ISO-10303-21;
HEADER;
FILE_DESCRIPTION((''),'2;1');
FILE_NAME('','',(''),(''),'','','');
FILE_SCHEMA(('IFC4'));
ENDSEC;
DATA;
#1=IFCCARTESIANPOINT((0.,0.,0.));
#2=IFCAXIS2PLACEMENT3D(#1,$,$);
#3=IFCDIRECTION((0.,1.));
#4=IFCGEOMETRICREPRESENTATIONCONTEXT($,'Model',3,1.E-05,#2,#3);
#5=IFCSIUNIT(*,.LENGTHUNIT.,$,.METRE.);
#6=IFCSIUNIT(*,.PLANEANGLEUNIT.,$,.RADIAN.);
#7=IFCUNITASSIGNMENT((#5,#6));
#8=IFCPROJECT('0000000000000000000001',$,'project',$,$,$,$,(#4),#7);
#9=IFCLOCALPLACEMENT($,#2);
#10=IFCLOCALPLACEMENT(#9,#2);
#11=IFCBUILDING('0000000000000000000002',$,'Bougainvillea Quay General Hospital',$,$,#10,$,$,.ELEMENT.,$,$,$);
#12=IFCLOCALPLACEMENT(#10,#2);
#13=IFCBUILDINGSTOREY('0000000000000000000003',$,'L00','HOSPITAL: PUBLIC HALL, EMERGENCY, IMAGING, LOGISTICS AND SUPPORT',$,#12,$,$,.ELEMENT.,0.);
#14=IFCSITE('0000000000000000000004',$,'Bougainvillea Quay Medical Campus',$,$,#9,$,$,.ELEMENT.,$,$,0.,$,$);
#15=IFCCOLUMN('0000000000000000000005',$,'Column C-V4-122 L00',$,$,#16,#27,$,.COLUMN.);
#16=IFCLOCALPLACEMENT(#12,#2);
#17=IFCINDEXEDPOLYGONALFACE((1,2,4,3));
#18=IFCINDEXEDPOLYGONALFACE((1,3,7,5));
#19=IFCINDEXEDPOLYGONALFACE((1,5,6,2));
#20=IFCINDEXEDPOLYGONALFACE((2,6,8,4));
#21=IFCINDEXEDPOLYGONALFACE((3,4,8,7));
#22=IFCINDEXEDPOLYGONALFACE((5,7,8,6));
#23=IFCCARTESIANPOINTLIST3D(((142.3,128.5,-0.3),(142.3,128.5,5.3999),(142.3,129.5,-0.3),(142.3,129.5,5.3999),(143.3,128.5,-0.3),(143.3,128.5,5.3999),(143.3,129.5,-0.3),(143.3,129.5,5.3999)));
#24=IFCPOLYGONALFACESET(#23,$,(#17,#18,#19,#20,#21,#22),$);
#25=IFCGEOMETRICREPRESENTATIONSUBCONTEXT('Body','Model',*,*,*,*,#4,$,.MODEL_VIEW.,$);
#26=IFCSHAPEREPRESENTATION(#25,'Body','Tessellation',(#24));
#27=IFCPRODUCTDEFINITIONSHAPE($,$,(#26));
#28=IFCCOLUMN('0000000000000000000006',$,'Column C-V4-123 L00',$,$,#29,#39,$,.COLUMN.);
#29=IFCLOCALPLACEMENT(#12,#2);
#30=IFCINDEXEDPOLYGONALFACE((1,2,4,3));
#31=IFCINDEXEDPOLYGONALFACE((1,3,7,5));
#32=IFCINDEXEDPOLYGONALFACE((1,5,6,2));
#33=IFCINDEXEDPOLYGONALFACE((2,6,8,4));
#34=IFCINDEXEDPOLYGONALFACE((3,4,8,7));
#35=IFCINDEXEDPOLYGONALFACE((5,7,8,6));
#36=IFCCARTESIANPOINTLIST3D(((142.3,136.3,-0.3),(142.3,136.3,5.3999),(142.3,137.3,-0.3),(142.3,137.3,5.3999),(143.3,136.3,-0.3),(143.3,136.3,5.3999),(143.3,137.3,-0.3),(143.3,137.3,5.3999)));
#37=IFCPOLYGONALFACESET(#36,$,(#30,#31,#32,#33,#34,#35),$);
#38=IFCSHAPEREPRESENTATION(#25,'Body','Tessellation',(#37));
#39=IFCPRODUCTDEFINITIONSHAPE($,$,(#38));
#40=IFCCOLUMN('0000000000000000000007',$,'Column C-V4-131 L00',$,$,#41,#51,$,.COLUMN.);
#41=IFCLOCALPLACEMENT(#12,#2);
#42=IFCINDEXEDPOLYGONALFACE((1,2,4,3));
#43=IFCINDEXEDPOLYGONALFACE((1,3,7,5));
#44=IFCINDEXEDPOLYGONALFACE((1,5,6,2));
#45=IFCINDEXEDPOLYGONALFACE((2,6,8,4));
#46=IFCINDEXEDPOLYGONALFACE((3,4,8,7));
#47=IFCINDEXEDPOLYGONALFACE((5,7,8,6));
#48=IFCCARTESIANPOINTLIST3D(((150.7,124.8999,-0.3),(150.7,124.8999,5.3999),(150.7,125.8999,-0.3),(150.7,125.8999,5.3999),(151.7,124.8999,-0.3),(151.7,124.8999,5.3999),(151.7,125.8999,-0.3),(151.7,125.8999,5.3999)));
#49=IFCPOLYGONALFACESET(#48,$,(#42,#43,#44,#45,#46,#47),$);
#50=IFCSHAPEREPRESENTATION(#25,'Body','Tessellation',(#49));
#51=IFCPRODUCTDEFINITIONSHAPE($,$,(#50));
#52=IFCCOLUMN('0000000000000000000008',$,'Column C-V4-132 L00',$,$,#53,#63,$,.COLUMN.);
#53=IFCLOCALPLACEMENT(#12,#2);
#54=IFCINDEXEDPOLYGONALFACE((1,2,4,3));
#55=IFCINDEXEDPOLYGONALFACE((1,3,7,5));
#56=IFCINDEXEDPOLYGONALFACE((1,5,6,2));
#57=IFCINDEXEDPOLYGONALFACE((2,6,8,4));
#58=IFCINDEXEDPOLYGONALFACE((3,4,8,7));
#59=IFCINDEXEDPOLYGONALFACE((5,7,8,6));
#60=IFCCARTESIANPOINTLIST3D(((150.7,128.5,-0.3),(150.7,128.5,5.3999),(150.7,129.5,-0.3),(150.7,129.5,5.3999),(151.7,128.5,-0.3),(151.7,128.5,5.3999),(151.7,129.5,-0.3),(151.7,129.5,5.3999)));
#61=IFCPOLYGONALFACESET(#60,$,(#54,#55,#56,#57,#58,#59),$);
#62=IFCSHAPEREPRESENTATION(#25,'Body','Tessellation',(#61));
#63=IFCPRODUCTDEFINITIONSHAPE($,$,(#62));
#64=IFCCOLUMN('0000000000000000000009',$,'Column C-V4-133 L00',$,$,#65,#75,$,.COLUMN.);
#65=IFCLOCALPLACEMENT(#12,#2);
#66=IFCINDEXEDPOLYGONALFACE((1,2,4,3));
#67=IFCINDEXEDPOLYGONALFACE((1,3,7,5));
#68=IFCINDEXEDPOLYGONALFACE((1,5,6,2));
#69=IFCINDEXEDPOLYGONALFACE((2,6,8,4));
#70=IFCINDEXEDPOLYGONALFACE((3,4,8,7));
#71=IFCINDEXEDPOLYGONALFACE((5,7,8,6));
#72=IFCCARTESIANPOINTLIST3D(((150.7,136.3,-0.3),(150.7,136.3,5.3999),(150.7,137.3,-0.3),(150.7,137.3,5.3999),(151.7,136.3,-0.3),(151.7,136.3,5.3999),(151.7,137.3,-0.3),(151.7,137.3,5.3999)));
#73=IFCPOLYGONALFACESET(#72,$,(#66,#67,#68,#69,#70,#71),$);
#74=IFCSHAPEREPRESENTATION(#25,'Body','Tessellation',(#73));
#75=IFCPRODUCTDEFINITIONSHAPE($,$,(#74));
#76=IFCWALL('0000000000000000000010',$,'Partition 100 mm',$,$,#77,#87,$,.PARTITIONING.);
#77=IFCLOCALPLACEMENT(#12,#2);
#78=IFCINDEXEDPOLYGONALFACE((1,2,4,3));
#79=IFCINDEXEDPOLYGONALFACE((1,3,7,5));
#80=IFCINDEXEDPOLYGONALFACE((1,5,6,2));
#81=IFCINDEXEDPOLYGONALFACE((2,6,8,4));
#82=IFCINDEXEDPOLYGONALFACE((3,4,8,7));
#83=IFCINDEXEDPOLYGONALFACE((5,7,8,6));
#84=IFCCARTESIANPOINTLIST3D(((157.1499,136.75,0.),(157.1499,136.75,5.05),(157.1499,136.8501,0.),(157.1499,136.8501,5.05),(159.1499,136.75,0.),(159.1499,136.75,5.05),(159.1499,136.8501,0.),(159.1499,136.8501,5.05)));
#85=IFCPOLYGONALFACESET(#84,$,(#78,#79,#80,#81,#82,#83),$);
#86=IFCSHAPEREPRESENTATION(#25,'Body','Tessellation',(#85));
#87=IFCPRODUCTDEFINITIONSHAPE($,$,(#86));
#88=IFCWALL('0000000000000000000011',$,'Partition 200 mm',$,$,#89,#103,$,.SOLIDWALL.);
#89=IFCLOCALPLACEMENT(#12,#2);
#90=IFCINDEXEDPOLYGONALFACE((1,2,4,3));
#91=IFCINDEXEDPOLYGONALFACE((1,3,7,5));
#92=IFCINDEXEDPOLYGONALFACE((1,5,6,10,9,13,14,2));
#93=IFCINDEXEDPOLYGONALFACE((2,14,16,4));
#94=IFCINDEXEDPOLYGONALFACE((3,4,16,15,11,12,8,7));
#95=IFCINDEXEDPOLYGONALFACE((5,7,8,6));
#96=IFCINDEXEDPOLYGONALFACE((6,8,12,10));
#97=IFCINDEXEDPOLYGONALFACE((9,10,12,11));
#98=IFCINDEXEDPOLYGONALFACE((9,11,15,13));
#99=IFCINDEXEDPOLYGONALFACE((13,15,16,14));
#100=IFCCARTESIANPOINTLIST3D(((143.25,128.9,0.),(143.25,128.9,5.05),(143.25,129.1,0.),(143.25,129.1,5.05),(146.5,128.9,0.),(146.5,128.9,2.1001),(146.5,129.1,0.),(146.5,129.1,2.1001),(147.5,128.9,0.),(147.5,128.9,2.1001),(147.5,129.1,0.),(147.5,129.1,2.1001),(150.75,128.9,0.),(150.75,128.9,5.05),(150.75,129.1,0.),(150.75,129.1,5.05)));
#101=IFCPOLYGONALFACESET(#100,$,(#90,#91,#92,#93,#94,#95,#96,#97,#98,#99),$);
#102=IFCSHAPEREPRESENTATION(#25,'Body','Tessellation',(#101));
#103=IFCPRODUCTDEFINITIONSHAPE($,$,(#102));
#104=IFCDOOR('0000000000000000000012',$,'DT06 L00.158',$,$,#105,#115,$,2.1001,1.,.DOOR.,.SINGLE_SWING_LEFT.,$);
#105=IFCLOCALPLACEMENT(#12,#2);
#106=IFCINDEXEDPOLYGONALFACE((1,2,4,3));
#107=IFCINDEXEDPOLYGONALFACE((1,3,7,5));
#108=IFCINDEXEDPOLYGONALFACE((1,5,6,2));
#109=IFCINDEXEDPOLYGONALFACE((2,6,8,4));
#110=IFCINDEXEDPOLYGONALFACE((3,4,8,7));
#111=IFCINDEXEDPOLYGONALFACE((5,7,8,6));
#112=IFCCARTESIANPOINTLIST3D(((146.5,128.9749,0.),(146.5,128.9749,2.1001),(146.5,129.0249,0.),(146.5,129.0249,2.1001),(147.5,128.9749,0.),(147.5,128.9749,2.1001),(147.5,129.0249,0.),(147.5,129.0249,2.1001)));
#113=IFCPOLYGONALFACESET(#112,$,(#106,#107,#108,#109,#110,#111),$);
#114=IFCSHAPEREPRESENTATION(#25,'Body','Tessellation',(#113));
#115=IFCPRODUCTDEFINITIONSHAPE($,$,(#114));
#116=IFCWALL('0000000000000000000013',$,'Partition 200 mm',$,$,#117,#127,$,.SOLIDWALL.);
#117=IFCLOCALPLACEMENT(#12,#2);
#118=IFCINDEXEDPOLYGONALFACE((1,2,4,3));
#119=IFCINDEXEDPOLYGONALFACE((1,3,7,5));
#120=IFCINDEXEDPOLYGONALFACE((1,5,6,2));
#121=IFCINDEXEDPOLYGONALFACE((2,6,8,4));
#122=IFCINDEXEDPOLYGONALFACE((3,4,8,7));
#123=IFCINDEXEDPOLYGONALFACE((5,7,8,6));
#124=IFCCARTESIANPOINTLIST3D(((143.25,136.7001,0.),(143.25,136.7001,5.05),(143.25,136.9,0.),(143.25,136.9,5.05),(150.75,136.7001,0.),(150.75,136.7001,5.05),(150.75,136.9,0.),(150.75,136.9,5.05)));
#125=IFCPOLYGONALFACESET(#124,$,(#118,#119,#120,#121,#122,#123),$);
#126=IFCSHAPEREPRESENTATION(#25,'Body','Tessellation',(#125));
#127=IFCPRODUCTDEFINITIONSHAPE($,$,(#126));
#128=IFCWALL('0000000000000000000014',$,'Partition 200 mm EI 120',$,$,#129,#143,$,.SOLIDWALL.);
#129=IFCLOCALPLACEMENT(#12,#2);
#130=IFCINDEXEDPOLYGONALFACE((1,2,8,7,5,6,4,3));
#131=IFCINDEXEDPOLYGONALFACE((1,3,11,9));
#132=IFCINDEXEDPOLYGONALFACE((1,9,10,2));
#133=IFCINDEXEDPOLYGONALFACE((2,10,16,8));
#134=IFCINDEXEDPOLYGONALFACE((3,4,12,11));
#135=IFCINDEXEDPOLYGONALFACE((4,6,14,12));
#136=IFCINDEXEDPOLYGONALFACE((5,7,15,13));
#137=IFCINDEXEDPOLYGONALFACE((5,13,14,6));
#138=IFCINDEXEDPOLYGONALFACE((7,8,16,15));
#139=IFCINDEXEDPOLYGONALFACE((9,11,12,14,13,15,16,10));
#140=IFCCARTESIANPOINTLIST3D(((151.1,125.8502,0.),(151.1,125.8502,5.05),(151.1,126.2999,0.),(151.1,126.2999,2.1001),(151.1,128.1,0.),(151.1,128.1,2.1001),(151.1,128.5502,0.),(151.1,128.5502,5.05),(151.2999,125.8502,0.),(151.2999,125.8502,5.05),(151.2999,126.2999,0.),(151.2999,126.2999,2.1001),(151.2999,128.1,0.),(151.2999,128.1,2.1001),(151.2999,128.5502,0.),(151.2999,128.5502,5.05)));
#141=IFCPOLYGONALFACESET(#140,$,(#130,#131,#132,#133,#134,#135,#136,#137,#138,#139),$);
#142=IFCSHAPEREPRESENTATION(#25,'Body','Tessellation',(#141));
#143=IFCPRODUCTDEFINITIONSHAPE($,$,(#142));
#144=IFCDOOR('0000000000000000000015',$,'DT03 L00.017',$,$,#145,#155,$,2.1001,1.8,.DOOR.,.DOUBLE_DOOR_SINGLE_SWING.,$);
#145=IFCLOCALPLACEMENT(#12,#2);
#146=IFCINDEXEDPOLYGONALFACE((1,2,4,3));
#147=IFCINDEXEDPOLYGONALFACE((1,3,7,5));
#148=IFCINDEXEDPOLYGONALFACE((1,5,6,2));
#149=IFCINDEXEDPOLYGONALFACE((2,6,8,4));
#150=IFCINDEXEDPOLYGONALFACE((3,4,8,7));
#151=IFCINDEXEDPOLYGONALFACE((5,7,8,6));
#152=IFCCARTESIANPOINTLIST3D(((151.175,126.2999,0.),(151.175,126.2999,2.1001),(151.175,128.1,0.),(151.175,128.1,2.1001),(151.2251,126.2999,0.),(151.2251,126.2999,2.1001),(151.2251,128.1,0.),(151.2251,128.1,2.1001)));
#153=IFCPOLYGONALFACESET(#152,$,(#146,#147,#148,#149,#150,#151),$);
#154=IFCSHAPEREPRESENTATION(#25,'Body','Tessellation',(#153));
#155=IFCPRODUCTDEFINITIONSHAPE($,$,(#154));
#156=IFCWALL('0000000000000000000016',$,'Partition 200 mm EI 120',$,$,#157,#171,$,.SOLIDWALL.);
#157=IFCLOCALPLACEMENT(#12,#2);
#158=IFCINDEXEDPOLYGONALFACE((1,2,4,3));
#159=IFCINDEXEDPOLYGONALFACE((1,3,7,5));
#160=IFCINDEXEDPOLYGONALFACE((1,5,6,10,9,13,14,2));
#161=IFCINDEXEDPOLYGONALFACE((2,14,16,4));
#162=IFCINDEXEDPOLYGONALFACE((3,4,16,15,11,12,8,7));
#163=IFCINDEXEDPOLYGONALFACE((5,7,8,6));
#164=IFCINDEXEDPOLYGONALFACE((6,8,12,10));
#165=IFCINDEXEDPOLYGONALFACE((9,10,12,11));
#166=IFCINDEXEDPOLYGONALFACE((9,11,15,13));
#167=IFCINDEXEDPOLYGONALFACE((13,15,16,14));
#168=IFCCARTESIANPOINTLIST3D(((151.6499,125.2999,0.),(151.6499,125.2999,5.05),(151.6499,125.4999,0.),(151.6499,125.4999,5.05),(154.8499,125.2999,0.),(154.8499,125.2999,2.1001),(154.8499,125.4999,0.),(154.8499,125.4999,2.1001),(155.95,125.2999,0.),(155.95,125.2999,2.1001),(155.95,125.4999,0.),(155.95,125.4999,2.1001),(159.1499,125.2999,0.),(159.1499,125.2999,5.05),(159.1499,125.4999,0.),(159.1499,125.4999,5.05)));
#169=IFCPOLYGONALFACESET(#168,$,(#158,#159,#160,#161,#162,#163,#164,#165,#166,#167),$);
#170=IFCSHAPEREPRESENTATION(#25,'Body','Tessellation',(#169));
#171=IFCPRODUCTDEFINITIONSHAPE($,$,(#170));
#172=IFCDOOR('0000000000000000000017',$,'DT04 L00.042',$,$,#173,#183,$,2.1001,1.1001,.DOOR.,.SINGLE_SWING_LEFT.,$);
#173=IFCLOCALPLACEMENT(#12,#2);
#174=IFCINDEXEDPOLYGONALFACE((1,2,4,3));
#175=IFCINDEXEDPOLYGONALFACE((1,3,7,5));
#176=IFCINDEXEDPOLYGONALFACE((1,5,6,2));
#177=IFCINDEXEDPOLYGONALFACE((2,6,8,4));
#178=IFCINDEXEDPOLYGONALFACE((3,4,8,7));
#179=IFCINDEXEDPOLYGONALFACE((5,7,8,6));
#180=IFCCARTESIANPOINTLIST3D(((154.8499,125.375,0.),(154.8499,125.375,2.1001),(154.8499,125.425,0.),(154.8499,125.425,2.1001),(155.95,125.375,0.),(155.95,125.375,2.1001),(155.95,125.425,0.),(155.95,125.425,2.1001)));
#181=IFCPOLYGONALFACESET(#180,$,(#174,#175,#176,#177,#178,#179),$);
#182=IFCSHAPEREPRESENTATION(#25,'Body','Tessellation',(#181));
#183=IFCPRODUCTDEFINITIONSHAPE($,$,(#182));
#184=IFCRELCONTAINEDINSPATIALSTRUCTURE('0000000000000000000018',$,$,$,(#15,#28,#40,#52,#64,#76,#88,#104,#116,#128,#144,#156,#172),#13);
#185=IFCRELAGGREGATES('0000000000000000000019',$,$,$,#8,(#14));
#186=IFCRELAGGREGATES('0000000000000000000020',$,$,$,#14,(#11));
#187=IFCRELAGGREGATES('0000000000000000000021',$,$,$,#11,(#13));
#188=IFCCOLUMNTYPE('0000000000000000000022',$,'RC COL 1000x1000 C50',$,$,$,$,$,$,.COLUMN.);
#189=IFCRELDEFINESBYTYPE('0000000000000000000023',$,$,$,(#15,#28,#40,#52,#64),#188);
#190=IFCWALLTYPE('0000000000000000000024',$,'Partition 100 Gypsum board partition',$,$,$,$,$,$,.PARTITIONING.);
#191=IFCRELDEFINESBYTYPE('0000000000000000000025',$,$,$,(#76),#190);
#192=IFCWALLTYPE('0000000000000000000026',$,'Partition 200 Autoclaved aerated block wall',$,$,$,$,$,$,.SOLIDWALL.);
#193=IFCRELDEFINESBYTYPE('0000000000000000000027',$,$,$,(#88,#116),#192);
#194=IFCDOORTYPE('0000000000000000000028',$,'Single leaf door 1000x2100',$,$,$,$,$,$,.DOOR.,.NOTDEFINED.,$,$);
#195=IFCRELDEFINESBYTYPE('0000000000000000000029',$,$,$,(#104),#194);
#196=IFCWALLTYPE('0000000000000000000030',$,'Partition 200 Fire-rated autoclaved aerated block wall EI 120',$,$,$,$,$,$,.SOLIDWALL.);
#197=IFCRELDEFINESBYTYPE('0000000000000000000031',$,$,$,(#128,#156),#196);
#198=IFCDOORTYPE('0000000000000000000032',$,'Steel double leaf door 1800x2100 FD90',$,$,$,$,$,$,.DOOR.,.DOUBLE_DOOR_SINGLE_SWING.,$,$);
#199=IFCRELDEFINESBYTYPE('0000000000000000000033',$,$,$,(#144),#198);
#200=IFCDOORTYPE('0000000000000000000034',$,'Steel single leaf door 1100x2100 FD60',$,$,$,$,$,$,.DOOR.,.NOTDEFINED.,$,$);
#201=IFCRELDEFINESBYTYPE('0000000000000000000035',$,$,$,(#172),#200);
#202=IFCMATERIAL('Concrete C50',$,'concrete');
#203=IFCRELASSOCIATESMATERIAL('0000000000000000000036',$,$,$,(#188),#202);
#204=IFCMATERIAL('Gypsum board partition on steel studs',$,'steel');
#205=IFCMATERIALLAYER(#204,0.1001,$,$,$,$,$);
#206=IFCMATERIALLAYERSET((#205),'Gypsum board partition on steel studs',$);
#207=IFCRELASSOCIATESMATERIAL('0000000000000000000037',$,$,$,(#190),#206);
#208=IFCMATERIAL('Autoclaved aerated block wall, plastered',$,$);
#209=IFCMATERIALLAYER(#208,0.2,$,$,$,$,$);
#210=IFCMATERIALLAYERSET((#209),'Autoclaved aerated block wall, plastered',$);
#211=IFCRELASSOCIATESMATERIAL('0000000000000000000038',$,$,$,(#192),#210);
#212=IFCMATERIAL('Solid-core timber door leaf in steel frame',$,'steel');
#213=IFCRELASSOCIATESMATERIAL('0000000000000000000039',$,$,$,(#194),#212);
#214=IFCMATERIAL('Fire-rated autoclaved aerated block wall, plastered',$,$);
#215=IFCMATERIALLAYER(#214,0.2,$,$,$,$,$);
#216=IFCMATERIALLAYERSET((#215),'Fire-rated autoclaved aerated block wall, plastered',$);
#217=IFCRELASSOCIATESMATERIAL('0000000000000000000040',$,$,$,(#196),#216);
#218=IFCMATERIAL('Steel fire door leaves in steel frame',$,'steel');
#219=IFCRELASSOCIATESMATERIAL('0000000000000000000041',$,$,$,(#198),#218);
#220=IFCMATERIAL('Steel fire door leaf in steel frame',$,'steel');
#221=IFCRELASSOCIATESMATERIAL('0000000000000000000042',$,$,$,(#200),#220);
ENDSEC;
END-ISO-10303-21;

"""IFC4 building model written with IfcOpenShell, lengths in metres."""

from ifc_helpers import new_model, si_unit, direction, frame, frame_2d, origin, origin_2d, place, context, subcontext, project, spatial, rectangle, extrude, material, layer, layer_set, material_profile, profile_set, type_object, element, fill, save


model = new_model("IFC4")

# Units and contexts
model_context = context("Model", 3, precision=1e-05, world=origin(), true_north=direction((0.0, 1.0)))
body_context = subcontext(model_context, "Body", "Model", "MODEL_VIEW")
ifc_project = project(units=[si_unit("LENGTHUNIT", "METRE"), si_unit("PLANEANGLEUNIT", "RADIAN")], contexts=[model_context])

# Site, building, storey
site_placement = place(None, origin())
site = spatial("IfcSite", under=ifc_project, at=site_placement, Name="Bougainvillea Quay Medical Campus", CompositionType="ELEMENT", RefElevation=0.0)
building_placement = place(site_placement, origin())
building = spatial("IfcBuilding", under=site, at=building_placement, Name="Bougainvillea Quay General Hospital", CompositionType="ELEMENT")
storey_placement = place(building_placement, origin())
storey = spatial("IfcBuildingStorey", under=building, at=storey_placement, Name="L00", Description="HOSPITAL: PUBLIC HALL, EMERGENCY, IMAGING, LOGISTICS AND SUPPORT", CompositionType="ELEMENT", Elevation=0.0)

# Columns
ifc_material_1 = material(Name="Concrete C50", Category="concrete")
ifc_material_profile_1 = material_profile(ifc_material_1, rectangle(XDim=1.0, YDim=1.0, at=origin_2d()))
ifc_profile_set_1 = profile_set([ifc_material_profile_1], Name="Concrete C50")
column_type = type_object("IfcColumnType", Name="RC COL 1000x1000 C50", PredefinedType="COLUMN", material=ifc_profile_set_1)
for number, where, z_axis, x_axis, name in (
    (1, (142.8, 129.0, -0.3), (0.0, 0.0, 1.0), (1.0, 0.0, 0.0), "Column C-V4-122 L00"),
    (2, (142.8, 136.8, -0.3), (0.0, 0.0, 1.0), (1.0, 0.0, 0.0), "Column C-V4-123 L00"),
    (3, (151.2, 125.3999, -0.3), (0.0, 0.0, 1.0), (1.0, 0.0, 0.0), "Column C-V4-131 L00"),
    (4, (151.2, 129.0, -0.3), (0.0, 0.0, 1.0), (1.0, 0.0, 0.0), "Column C-V4-132 L00"),
    (5, (151.2, 136.8, -0.3), (0.0, 0.0, 1.0), (1.0, 0.0, 0.0), "Column C-V4-133 L00"),
):
    element("IfcColumn", number, at=place(storey_placement, frame(where, z_axis=z_axis, x_axis=x_axis)), inside=storey, type_object=column_type, Name=name, PredefinedType="COLUMN", context=body_context, shape_type="SweptSolid", body=[
        extrude(rectangle(XDim=1.0, YDim=1.0, at=origin_2d()), origin(), (0.0, 0.0, 1.0), 5.7),
    ])

# Wall
ifc_material_2 = material(Name="Gypsum board partition on steel studs", Category="steel")
ifc_layer_1 = layer(ifc_material_2, 0.1001)
ifc_layer_set_1 = layer_set([ifc_layer_1], Name="Gypsum board partition on steel studs")
wall_type_1 = type_object("IfcWallType", Name="Partition 100 Gypsum board partition", PredefinedType="PARTITIONING", material=ifc_layer_set_1)
wall_1_placement = place(storey_placement, frame((157.1499, 136.8, 0.0), z_axis=(0.0, 0.0, 1.0), x_axis=(1.0, 0.0, 0.0)))
element("IfcWall", 6, at=wall_1_placement, inside=storey, type_object=wall_type_1, Name="Partition 100 mm", PredefinedType="PARTITIONING", context=body_context, shape_type="SweptSolid", body=[
    extrude(rectangle(XDim=2.0, YDim=0.1001, at=frame_2d((1.0, 0.0))), origin(), (0.0, 0.0, 1.0), 5.05),
])

# Wall, opening, door
ifc_material_3 = material(Name="Autoclaved aerated block wall, plastered")
ifc_layer_2 = layer(ifc_material_3, 0.2)
ifc_layer_set_2 = layer_set([ifc_layer_2], Name="Autoclaved aerated block wall, plastered")
wall_type_2 = type_object("IfcWallType", Name="Partition 200 Autoclaved aerated block wall", PredefinedType="SOLIDWALL", material=ifc_layer_set_2)
wall_2_placement = place(storey_placement, frame((143.25, 129.0, 0.0), z_axis=(0.0, 0.0, 1.0), x_axis=(1.0, 0.0, 0.0)))
wall_2 = element("IfcWall", 7, at=wall_2_placement, inside=storey, type_object=wall_type_2, Name="Partition 200 mm", PredefinedType="SOLIDWALL", context=body_context, shape_type="SweptSolid", body=[
    extrude(rectangle(XDim=7.5, YDim=0.2, at=frame_2d((3.75, 0.0))), origin(), (0.0, 0.0, 1.0), 5.05),
])
opening_1_placement = place(wall_2_placement, frame((3.25, 0.0, 0.0)))
opening_1 = element("IfcOpeningElement", 8, at=opening_1_placement, cuts=wall_2, PredefinedType="OPENING", context=body_context, shape_type="SweptSolid", body=[
    extrude(rectangle(XDim=1.0, YDim=2.1001, at=frame_2d((0.5, 1.05))), frame((0.0, 0.1099, 0.0), z_axis=(0.0, -1.0, 0.0), x_axis=(1.0, 0.0, 0.0)), (0.0, 0.0, 1.0), 0.22),
])
ifc_material_4 = material(Name="Solid-core timber door leaf in steel frame", Category="steel")
door_type_1 = type_object("IfcDoorType", Name="Single leaf door 1000x2100", OperationType="NOTDEFINED", PredefinedType="DOOR", material=ifc_material_4)
door_1_placement = place(opening_1_placement, origin())
door_1 = element("IfcDoor", 9, at=door_1_placement, inside=storey, type_object=door_type_1, Name="DT06 L00.158", OperationType="SINGLE_SWING_LEFT", OverallHeight=2.1001, OverallWidth=1.0, PredefinedType="DOOR", context=body_context, shape_type="SweptSolid", body=[
    extrude(rectangle(XDim=1.0, YDim=2.1001, at=frame_2d((0.5, 1.05))), frame((0.0, 0.0249, 0.0), z_axis=(0.0, -1.0, 0.0), x_axis=(1.0, 0.0, 0.0)), (0.0, 0.0, 1.0), 0.05),
])
fill(opening_1, door_1)

# Wall
wall_3_placement = place(storey_placement, frame((143.25, 136.8, 0.0), z_axis=(0.0, 0.0, 1.0), x_axis=(1.0, 0.0, 0.0)))
element("IfcWall", 10, at=wall_3_placement, inside=storey, type_object=wall_type_2, Name="Partition 200 mm", PredefinedType="SOLIDWALL", context=body_context, shape_type="SweptSolid", body=[
    extrude(rectangle(XDim=7.5, YDim=0.2, at=frame_2d((3.75, 0.0))), origin(), (0.0, 0.0, 1.0), 5.05),
])

# Walls, openings, doors
ifc_material_5 = material(Name="Fire-rated autoclaved aerated block wall, plastered")
ifc_layer_3 = layer(ifc_material_5, 0.2)
ifc_layer_set_3 = layer_set([ifc_layer_3], Name="Fire-rated autoclaved aerated block wall, plastered")
wall_type_3 = type_object("IfcWallType", Name="Partition 200 Fire-rated autoclaved aerated block wall EI 120", PredefinedType="SOLIDWALL", material=ifc_layer_set_3)
wall_4_placement = place(storey_placement, frame((151.2, 125.8501, 0.0), z_axis=(0.0, 0.0, 1.0), x_axis=(0.0, 1.0, 0.0)))
wall_4 = element("IfcWall", 11, at=wall_4_placement, inside=storey, type_object=wall_type_3, Name="Partition 200 mm EI 120", PredefinedType="SOLIDWALL", context=body_context, shape_type="SweptSolid", body=[
    extrude(rectangle(XDim=2.7, YDim=0.2, at=frame_2d((1.3501, 0.0))), origin(), (0.0, 0.0, 1.0), 5.05),
])
opening_2_placement = place(wall_4_placement, frame((0.45, 0.0, 0.0)))
opening_2 = element("IfcOpeningElement", 12, at=opening_2_placement, cuts=wall_4, PredefinedType="OPENING", context=body_context, shape_type="SweptSolid", body=[
    extrude(rectangle(XDim=1.8, YDim=2.1001, at=frame_2d((0.8999, 1.05))), frame((0.0, 0.1099, 0.0), z_axis=(0.0, -1.0, 0.0), x_axis=(1.0, 0.0, 0.0)), (0.0, 0.0, 1.0), 0.22),
])
ifc_material_6 = material(Name="Steel fire door leaves in steel frame", Category="steel")
door_type_2 = type_object("IfcDoorType", Name="Steel double leaf door 1800x2100 FD90", OperationType="DOUBLE_DOOR_SINGLE_SWING", PredefinedType="DOOR", material=ifc_material_6)
door_2_placement = place(opening_2_placement, origin())
door_2 = element("IfcDoor", 13, at=door_2_placement, inside=storey, type_object=door_type_2, Name="DT03 L00.017", OperationType="DOUBLE_DOOR_SINGLE_SWING", OverallHeight=2.1001, OverallWidth=1.8, PredefinedType="DOOR", context=body_context, shape_type="SweptSolid", body=[
    extrude(rectangle(XDim=1.8, YDim=2.1001, at=frame_2d((0.8999, 1.05))), frame((0.0, 0.0249, 0.0), z_axis=(0.0, -1.0, 0.0), x_axis=(1.0, 0.0, 0.0)), (0.0, 0.0, 1.0), 0.05),
])
fill(opening_2, door_2)
wall_5_placement = place(storey_placement, frame((151.6499, 125.3999, 0.0), z_axis=(0.0, 0.0, 1.0), x_axis=(1.0, 0.0, 0.0)))
wall_5 = element("IfcWall", 14, at=wall_5_placement, inside=storey, type_object=wall_type_3, Name="Partition 200 mm EI 120", PredefinedType="SOLIDWALL", context=body_context, shape_type="SweptSolid", body=[
    extrude(rectangle(XDim=7.5, YDim=0.2, at=frame_2d((3.75, 0.0))), origin(), (0.0, 0.0, 1.0), 5.05),
])
opening_3_placement = place(wall_5_placement, frame((3.2, 0.0, 0.0)))
opening_3 = element("IfcOpeningElement", 15, at=opening_3_placement, cuts=wall_5, PredefinedType="OPENING", context=body_context, shape_type="SweptSolid", body=[
    extrude(rectangle(XDim=1.1001, YDim=2.1001, at=frame_2d((0.55, 1.05))), frame((0.0, 0.1099, 0.0), z_axis=(0.0, -1.0, 0.0), x_axis=(1.0, 0.0, 0.0)), (0.0, 0.0, 1.0), 0.22),
])
ifc_material_7 = material(Name="Steel fire door leaf in steel frame", Category="steel")
door_type_3 = type_object("IfcDoorType", Name="Steel single leaf door 1100x2100 FD60", OperationType="NOTDEFINED", PredefinedType="DOOR", material=ifc_material_7)
door_3_placement = place(opening_3_placement, frame((1.1001, 0.0, 0.0), z_axis=(0.0, 0.0, 1.0), x_axis=(-1.0, 0.0, 0.0)))
door_3 = element("IfcDoor", 16, at=door_3_placement, inside=storey, type_object=door_type_3, Name="DT04 L00.042", OperationType="SINGLE_SWING_LEFT", OverallHeight=2.1001, OverallWidth=1.1001, PredefinedType="DOOR", context=body_context, shape_type="SweptSolid", body=[
    extrude(rectangle(XDim=1.1001, YDim=2.1001, at=frame_2d((0.55, 1.05))), frame((0.0, 0.0249, 0.0), z_axis=(0.0, -1.0, 0.0), x_axis=(1.0, 0.0, 0.0)), (0.0, 0.0, 1.0), 0.05),
])
fill(opening_3, door_3)

save(model, "model.ifc")
